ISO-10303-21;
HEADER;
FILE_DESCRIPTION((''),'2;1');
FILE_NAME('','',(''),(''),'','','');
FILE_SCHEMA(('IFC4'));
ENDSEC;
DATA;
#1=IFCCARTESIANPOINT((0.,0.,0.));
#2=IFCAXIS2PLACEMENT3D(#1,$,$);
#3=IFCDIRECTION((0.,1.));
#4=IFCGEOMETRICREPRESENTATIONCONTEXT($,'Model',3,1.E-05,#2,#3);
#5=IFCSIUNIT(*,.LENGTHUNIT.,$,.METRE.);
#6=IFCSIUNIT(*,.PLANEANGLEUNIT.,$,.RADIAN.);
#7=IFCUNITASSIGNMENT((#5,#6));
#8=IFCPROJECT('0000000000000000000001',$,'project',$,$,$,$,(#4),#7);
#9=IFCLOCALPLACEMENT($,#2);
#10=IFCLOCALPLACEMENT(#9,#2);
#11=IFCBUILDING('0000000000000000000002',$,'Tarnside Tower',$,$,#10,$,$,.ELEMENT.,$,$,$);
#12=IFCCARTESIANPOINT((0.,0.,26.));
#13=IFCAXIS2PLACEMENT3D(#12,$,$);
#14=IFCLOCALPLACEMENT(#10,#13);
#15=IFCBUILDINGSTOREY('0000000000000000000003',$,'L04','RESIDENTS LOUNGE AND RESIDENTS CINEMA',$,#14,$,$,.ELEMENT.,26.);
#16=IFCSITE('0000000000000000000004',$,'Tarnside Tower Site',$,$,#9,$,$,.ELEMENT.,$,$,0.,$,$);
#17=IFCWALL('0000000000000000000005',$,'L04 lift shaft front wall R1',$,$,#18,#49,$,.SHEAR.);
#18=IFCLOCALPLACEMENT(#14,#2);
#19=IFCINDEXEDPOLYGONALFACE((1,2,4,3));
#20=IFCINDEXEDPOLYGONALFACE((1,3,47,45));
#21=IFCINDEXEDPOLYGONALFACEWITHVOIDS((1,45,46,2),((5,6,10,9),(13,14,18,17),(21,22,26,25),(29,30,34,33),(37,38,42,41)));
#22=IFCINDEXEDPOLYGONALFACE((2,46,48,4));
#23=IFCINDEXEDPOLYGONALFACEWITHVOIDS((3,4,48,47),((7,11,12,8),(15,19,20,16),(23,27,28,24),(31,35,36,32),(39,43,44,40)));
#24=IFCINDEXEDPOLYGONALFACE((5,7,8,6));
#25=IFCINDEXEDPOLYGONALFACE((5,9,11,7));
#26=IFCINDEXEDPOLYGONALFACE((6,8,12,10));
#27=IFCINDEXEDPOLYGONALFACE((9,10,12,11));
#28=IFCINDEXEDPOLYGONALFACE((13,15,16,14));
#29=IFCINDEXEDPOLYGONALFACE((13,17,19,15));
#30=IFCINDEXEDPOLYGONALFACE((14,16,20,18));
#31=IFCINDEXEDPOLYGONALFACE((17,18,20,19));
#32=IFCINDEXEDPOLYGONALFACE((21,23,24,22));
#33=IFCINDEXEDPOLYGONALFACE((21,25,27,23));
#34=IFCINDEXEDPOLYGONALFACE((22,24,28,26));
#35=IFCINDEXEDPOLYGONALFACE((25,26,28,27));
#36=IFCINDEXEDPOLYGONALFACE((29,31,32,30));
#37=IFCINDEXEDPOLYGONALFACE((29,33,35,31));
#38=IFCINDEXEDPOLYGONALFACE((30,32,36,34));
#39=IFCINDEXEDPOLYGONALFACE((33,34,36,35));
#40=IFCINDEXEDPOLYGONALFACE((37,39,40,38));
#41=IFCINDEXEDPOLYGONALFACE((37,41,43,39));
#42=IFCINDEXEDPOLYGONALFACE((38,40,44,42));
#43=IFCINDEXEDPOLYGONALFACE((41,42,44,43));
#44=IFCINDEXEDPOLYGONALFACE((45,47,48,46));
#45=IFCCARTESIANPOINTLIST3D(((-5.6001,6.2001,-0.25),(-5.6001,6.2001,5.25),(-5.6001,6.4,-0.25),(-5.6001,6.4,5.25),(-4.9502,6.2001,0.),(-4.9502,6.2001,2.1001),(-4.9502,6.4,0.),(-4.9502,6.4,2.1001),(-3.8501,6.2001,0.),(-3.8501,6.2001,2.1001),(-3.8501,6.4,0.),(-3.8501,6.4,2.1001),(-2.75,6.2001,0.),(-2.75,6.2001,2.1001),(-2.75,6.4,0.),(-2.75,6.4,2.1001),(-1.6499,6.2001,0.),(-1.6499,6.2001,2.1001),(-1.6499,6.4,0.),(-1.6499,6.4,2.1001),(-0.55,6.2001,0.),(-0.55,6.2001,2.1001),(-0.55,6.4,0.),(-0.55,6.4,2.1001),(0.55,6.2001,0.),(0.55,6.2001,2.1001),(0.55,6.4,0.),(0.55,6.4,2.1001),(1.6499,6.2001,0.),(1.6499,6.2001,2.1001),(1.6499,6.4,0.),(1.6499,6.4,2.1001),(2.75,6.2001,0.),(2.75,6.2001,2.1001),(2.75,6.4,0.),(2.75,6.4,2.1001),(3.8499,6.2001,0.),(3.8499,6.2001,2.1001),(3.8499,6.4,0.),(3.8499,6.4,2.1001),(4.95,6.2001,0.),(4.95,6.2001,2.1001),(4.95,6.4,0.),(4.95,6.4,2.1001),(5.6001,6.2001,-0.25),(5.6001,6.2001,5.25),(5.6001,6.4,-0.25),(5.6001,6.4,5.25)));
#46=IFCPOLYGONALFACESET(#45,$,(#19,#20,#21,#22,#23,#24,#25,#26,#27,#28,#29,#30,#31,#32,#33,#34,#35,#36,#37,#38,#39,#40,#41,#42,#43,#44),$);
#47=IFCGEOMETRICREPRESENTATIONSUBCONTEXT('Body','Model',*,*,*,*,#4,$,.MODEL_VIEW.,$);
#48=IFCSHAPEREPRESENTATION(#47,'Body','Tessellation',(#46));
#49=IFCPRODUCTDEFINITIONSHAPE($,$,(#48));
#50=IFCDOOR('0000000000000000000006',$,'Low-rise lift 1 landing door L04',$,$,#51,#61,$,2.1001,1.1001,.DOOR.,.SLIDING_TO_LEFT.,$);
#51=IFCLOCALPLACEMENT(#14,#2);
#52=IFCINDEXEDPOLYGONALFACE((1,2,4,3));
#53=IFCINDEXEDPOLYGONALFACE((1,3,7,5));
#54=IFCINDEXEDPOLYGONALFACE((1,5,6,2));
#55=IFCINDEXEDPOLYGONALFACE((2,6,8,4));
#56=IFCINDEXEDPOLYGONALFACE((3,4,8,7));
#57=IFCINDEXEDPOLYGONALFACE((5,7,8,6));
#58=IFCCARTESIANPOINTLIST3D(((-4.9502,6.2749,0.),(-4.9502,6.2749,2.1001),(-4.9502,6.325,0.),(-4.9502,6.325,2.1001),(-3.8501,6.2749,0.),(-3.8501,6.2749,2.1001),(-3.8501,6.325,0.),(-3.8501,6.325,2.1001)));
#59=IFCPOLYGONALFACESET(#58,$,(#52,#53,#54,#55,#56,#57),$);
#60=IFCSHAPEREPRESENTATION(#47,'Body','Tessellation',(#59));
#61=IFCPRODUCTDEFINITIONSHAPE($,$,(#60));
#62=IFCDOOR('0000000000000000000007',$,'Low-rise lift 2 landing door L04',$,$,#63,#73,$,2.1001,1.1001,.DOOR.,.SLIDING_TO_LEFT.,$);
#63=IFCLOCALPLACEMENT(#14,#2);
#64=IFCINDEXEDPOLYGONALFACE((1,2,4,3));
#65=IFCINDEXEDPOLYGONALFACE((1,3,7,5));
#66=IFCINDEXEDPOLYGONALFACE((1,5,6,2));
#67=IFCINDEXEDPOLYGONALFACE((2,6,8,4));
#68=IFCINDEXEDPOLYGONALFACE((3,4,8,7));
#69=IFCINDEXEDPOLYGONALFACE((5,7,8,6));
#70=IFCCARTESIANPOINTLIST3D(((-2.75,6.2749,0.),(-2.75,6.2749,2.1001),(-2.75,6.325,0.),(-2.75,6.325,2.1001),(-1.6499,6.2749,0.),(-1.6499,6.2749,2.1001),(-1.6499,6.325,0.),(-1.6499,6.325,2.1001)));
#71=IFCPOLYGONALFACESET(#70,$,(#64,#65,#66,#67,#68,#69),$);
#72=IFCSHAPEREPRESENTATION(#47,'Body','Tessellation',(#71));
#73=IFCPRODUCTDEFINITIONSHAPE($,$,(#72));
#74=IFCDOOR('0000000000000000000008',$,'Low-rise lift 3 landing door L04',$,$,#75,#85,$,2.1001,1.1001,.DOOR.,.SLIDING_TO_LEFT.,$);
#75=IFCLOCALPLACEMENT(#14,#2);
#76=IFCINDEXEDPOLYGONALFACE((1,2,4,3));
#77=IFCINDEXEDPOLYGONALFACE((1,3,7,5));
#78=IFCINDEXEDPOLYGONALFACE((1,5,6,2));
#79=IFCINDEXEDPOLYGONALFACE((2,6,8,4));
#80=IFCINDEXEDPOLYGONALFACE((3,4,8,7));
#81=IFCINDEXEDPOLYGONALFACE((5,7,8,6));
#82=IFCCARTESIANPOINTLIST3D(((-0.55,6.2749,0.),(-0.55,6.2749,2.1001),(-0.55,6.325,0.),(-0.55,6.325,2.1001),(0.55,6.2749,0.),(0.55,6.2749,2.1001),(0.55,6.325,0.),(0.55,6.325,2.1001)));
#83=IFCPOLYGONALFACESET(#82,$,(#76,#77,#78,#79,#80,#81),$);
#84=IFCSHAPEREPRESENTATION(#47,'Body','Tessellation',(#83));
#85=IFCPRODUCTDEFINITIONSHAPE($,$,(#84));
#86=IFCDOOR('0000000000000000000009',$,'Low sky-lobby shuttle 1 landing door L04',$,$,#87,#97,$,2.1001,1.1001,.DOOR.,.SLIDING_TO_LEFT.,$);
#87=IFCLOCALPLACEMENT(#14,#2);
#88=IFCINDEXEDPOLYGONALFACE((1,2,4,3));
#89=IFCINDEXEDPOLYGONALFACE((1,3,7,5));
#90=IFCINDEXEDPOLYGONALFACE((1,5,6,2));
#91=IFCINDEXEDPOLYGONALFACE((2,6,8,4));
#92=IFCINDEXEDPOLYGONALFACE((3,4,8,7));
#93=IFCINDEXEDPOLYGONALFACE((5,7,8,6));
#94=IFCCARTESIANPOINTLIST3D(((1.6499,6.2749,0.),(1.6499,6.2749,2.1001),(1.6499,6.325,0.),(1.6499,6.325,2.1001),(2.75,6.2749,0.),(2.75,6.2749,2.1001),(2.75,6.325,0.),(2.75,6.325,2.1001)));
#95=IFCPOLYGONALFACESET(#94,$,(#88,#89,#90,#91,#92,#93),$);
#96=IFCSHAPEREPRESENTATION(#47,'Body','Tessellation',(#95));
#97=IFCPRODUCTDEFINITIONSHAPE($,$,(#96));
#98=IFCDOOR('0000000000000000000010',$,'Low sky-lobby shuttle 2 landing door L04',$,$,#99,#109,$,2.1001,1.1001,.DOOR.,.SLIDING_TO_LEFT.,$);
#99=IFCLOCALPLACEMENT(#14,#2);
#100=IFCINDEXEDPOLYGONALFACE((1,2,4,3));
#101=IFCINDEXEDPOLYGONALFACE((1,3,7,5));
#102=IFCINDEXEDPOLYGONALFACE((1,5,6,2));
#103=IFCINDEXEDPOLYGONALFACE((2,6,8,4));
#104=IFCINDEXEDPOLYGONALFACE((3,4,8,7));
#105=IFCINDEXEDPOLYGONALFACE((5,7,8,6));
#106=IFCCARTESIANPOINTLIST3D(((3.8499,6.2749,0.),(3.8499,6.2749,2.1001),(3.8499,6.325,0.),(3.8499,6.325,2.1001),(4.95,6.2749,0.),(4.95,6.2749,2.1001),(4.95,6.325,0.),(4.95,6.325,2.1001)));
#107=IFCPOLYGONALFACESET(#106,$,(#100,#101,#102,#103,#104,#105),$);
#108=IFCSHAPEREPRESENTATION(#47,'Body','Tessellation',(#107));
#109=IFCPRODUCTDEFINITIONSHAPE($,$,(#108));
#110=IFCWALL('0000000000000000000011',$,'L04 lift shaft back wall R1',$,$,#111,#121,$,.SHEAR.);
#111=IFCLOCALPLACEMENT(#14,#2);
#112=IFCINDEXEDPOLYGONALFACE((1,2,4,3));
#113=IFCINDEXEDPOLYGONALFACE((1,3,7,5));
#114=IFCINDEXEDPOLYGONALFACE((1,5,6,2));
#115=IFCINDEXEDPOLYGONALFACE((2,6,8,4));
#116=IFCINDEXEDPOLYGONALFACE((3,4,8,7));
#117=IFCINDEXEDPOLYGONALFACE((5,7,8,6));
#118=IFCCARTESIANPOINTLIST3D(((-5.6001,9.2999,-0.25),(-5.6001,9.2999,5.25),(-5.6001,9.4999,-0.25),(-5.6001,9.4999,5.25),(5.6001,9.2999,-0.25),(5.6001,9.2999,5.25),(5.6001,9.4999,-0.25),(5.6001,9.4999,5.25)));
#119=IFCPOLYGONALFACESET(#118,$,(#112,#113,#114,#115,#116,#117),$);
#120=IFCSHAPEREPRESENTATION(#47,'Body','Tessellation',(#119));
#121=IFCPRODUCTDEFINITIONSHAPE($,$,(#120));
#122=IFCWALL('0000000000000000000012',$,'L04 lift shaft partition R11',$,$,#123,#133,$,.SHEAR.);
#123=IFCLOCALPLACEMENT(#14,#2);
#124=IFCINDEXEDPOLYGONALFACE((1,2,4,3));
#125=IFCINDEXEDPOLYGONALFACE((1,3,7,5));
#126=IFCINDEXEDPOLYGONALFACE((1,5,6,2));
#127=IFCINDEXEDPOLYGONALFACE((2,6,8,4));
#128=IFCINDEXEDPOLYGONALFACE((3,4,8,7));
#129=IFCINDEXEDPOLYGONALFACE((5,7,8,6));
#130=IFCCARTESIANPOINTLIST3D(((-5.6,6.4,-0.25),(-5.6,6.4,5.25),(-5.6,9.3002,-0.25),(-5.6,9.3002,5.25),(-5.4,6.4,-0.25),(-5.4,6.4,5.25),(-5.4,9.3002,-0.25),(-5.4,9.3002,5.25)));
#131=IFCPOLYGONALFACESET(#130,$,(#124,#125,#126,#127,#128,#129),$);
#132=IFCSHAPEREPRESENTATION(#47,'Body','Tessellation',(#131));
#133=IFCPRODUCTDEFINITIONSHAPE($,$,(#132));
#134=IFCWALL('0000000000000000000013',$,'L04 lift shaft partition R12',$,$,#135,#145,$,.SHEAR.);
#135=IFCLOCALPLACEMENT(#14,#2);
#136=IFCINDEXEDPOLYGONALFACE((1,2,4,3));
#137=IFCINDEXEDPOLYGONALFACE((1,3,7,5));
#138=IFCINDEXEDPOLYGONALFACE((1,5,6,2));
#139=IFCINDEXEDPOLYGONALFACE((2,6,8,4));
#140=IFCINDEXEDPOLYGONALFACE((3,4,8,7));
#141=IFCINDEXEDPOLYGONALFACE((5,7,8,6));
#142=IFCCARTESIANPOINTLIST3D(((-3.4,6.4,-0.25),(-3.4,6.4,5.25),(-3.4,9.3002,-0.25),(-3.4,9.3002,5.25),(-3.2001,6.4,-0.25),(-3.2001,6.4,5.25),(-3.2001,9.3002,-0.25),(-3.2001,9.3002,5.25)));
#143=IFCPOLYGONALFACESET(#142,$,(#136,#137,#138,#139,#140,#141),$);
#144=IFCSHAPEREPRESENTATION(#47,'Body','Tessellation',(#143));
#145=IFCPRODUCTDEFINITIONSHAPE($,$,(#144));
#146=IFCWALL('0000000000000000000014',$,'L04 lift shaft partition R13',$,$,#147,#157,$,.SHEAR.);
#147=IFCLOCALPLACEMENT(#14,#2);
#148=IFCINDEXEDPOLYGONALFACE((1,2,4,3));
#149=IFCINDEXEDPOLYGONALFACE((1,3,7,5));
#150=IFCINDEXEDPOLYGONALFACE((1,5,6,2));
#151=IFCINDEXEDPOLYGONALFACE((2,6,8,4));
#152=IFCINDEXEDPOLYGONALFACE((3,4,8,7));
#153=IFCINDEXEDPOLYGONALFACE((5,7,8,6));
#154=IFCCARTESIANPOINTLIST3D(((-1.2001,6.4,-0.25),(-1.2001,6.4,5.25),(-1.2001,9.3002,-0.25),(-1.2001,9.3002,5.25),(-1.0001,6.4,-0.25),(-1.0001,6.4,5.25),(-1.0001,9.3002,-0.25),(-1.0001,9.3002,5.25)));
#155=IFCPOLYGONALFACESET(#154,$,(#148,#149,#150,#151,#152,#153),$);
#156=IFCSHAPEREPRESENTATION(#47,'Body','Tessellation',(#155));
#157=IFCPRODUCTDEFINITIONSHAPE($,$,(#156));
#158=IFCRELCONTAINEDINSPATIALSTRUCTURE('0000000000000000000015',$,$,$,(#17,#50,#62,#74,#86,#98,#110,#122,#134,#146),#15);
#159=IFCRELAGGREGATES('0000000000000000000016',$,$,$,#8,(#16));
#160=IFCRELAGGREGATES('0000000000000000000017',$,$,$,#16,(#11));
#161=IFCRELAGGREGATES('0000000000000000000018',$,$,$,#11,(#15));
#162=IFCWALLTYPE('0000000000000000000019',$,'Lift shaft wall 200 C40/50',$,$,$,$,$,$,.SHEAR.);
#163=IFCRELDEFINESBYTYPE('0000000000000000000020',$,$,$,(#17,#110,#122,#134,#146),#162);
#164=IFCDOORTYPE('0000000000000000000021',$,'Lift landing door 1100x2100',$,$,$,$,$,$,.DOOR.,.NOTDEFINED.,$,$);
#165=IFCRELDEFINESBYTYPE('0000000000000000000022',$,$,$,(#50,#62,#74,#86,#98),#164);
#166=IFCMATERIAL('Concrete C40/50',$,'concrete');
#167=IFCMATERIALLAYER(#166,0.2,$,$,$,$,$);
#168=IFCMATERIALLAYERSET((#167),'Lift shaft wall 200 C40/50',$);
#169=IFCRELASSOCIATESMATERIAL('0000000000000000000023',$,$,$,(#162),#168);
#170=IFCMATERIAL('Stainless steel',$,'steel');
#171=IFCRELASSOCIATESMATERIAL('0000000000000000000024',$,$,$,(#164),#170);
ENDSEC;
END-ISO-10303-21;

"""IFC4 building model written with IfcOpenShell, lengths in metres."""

from ifc_helpers import new_model, si_unit, direction, frame, frame_2d, origin, place, context, subcontext, project, spatial, rectangle, extrude, material, layer, layer_set, type_object, element, fill, save


model = new_model("IFC4")

# Units and contexts
model_context = context("Model", 3, precision=1e-05, world=origin(), true_north=direction((0.0, 1.0)))
body_context = subcontext(model_context, "Body", "Model", "MODEL_VIEW")
ifc_project = project(units=[si_unit("LENGTHUNIT", "METRE"), si_unit("PLANEANGLEUNIT", "RADIAN")], contexts=[model_context])

# Site, building, storey
site_placement = place(None, origin())
site = spatial("IfcSite", under=ifc_project, at=site_placement, Name="Tarnside Tower Site", CompositionType="ELEMENT", RefElevation=0.0)
building_placement = place(site_placement, origin())
building = spatial("IfcBuilding", under=site, at=building_placement, Name="Tarnside Tower", CompositionType="ELEMENT")
storey_placement = place(building_placement, frame((0.0, 0.0, 26.0)))
storey = spatial("IfcBuildingStorey", under=building, at=storey_placement, Name="L04", Description="RESIDENTS LOUNGE AND RESIDENTS CINEMA", CompositionType="ELEMENT", Elevation=26.0)

# Wall, openings, doors
ifc_material_1 = material(Name="Concrete C40/50", Category="concrete")
ifc_layer = layer(ifc_material_1, 0.2)
ifc_layer_set = layer_set([ifc_layer], Name="Lift shaft wall 200 C40/50")
wall_type = type_object("IfcWallType", Name="Lift shaft wall 200 C40/50", PredefinedType="SHEAR", material=ifc_layer_set)
wall_1_placement = place(storey_placement, frame((-5.6001, 6.3, -0.25), z_axis=(0.0, 0.0, 1.0), x_axis=(1.0, 0.0, 0.0)))
wall_1 = element("IfcWall", 1, at=wall_1_placement, inside=storey, type_object=wall_type, Name="L04 lift shaft front wall R1", PredefinedType="SHEAR", context=body_context, shape_type="SweptSolid", body=[
    extrude(rectangle(XDim=11.2002, YDim=0.2, at=frame_2d((5.6001, 0.0))), origin(), (0.0, 0.0, 1.0), 5.5),
])
opening_1_placement = place(wall_1_placement, frame((0.6499, 0.0, 0.25)))
opening_1 = element("IfcOpeningElement", 2, at=opening_1_placement, cuts=wall_1, PredefinedType="OPENING", context=body_context, shape_type="SweptSolid", body=[
    extrude(rectangle(XDim=1.1001, YDim=2.1001, at=frame_2d((0.55, 1.05))), frame((0.0, 0.1099, 0.0), z_axis=(0.0, -1.0, 0.0), x_axis=(1.0, 0.0, 0.0)), (0.0, 0.0, 1.0), 0.22),
])
opening_2_placement = place(wall_1_placement, frame((2.8501, 0.0, 0.25)))
opening_2 = element("IfcOpeningElement", 3, at=opening_2_placement, cuts=wall_1, PredefinedType="OPENING", context=body_context, shape_type="SweptSolid", body=[
    extrude(rectangle(XDim=1.1001, YDim=2.1001, at=frame_2d((0.55, 1.05))), frame((0.0, 0.1099, 0.0), z_axis=(0.0, -1.0, 0.0), x_axis=(1.0, 0.0, 0.0)), (0.0, 0.0, 1.0), 0.22),
])
opening_3_placement = place(wall_1_placement, frame((5.05, 0.0, 0.25)))
opening_3 = element("IfcOpeningElement", 4, at=opening_3_placement, cuts=wall_1, PredefinedType="OPENING", context=body_context, shape_type="SweptSolid", body=[
    extrude(rectangle(XDim=1.1001, YDim=2.1001, at=frame_2d((0.55, 1.05))), frame((0.0, 0.1099, 0.0), z_axis=(0.0, -1.0, 0.0), x_axis=(1.0, 0.0, 0.0)), (0.0, 0.0, 1.0), 0.22),
])
opening_4_placement = place(wall_1_placement, frame((7.25, 0.0, 0.25)))
opening_4 = element("IfcOpeningElement", 5, at=opening_4_placement, cuts=wall_1, PredefinedType="OPENING", context=body_context, shape_type="SweptSolid", body=[
    extrude(rectangle(XDim=1.1001, YDim=2.1001, at=frame_2d((0.55, 1.05))), frame((0.0, 0.1099, 0.0), z_axis=(0.0, -1.0, 0.0), x_axis=(1.0, 0.0, 0.0)), (0.0, 0.0, 1.0), 0.22),
])
opening_5_placement = place(wall_1_placement, frame((9.45, 0.0, 0.25)))
opening_5 = element("IfcOpeningElement", 6, at=opening_5_placement, cuts=wall_1, PredefinedType="OPENING", context=body_context, shape_type="SweptSolid", body=[
    extrude(rectangle(XDim=1.1001, YDim=2.1001, at=frame_2d((0.55, 1.05))), frame((0.0, 0.1099, 0.0), z_axis=(0.0, -1.0, 0.0), x_axis=(1.0, 0.0, 0.0)), (0.0, 0.0, 1.0), 0.22),
])
ifc_material_2 = material(Name="Stainless steel", Category="steel")
door_type = type_object("IfcDoorType", Name="Lift landing door 1100x2100", OperationType="NOTDEFINED", PredefinedType="DOOR", material=ifc_material_2)
door_1_placement = place(opening_1_placement, origin())
door_1 = element("IfcDoor", 7, at=door_1_placement, inside=storey, type_object=door_type, Name="Low-rise lift 1 landing door L04", OperationType="SLIDING_TO_LEFT", OverallHeight=2.1001, OverallWidth=1.1001, PredefinedType="DOOR", context=body_context, shape_type="SweptSolid", body=[
    extrude(rectangle(XDim=1.1001, YDim=2.1001, at=frame_2d((0.55, 1.05))), frame((0.0, 0.0249, 0.0), z_axis=(0.0, -1.0, 0.0), x_axis=(1.0, 0.0, 0.0)), (0.0, 0.0, 1.0), 0.05),
])
fill(opening_1, door_1)
door_2_placement = place(opening_2_placement, origin())
door_2 = element("IfcDoor", 8, at=door_2_placement, inside=storey, type_object=door_type, Name="Low-rise lift 2 landing door L04", OperationType="SLIDING_TO_LEFT", OverallHeight=2.1001, OverallWidth=1.1001, PredefinedType="DOOR", context=body_context, shape_type="SweptSolid", body=[
    extrude(rectangle(XDim=1.1001, YDim=2.1001, at=frame_2d((0.55, 1.05))), frame((0.0, 0.0249, 0.0), z_axis=(0.0, -1.0, 0.0), x_axis=(1.0, 0.0, 0.0)), (0.0, 0.0, 1.0), 0.05),
])
fill(opening_2, door_2)
door_3_placement = place(opening_3_placement, origin())
door_3 = element("IfcDoor", 9, at=door_3_placement, inside=storey, type_object=door_type, Name="Low-rise lift 3 landing door L04", OperationType="SLIDING_TO_LEFT", OverallHeight=2.1001, OverallWidth=1.1001, PredefinedType="DOOR", context=body_context, shape_type="SweptSolid", body=[
    extrude(rectangle(XDim=1.1001, YDim=2.1001, at=frame_2d((0.55, 1.05))), frame((0.0, 0.0249, 0.0), z_axis=(0.0, -1.0, 0.0), x_axis=(1.0, 0.0, 0.0)), (0.0, 0.0, 1.0), 0.05),
])
fill(opening_3, door_3)
door_4_placement = place(opening_4_placement, origin())
door_4 = element("IfcDoor", 10, at=door_4_placement, inside=storey, type_object=door_type, Name="Low sky-lobby shuttle 1 landing door L04", OperationType="SLIDING_TO_LEFT", OverallHeight=2.1001, OverallWidth=1.1001, PredefinedType="DOOR", context=body_context, shape_type="SweptSolid", body=[
    extrude(rectangle(XDim=1.1001, YDim=2.1001, at=frame_2d((0.55, 1.05))), frame((0.0, 0.0249, 0.0), z_axis=(0.0, -1.0, 0.0), x_axis=(1.0, 0.0, 0.0)), (0.0, 0.0, 1.0), 0.05),
])
fill(opening_4, door_4)
door_5_placement = place(opening_5_placement, origin())
door_5 = element("IfcDoor", 11, at=door_5_placement, inside=storey, type_object=door_type, Name="Low sky-lobby shuttle 2 landing door L04", OperationType="SLIDING_TO_LEFT", OverallHeight=2.1001, OverallWidth=1.1001, PredefinedType="DOOR", context=body_context, shape_type="SweptSolid", body=[
    extrude(rectangle(XDim=1.1001, YDim=2.1001, at=frame_2d((0.55, 1.05))), frame((0.0, 0.0249, 0.0), z_axis=(0.0, -1.0, 0.0), x_axis=(1.0, 0.0, 0.0)), (0.0, 0.0, 1.0), 0.05),
])
fill(opening_5, door_5)

# Walls
wall_2_placement = place(storey_placement, frame((-5.6001, 9.3999, -0.25), z_axis=(0.0, 0.0, 1.0), x_axis=(1.0, 0.0, 0.0)))
element("IfcWall", 12, at=wall_2_placement, inside=storey, type_object=wall_type, Name="L04 lift shaft back wall R1", PredefinedType="SHEAR", context=body_context, shape_type="SweptSolid", body=[
    extrude(rectangle(XDim=11.2002, YDim=0.2, at=frame_2d((5.6001, 0.0))), origin(), (0.0, 0.0, 1.0), 5.5),
])
for number, where, z_axis, x_axis, name in (
    (13, (-5.5, 6.3999, -0.25), (0.0, 0.0, 1.0), (0.0, 1.0, 0.0), "L04 lift shaft partition R11"),
    (14, (-3.3, 6.3999, -0.25), (0.0, 0.0, 1.0), (0.0, 1.0, 0.0), "L04 lift shaft partition R12"),
    (15, (-1.1001, 6.3999, -0.25), (0.0, 0.0, 1.0), (0.0, 1.0, 0.0), "L04 lift shaft partition R13"),
):
    element("IfcWall", number, at=place(storey_placement, frame(where, z_axis=z_axis, x_axis=x_axis)), inside=storey, type_object=wall_type, Name=name, PredefinedType="SHEAR", context=body_context, shape_type="SweptSolid", body=[
        extrude(rectangle(XDim=2.9001, YDim=0.2, at=frame_2d((1.4502, 0.0))), origin(), (0.0, 0.0, 1.0), 5.5),
    ])

save(model, "model.ifc")
